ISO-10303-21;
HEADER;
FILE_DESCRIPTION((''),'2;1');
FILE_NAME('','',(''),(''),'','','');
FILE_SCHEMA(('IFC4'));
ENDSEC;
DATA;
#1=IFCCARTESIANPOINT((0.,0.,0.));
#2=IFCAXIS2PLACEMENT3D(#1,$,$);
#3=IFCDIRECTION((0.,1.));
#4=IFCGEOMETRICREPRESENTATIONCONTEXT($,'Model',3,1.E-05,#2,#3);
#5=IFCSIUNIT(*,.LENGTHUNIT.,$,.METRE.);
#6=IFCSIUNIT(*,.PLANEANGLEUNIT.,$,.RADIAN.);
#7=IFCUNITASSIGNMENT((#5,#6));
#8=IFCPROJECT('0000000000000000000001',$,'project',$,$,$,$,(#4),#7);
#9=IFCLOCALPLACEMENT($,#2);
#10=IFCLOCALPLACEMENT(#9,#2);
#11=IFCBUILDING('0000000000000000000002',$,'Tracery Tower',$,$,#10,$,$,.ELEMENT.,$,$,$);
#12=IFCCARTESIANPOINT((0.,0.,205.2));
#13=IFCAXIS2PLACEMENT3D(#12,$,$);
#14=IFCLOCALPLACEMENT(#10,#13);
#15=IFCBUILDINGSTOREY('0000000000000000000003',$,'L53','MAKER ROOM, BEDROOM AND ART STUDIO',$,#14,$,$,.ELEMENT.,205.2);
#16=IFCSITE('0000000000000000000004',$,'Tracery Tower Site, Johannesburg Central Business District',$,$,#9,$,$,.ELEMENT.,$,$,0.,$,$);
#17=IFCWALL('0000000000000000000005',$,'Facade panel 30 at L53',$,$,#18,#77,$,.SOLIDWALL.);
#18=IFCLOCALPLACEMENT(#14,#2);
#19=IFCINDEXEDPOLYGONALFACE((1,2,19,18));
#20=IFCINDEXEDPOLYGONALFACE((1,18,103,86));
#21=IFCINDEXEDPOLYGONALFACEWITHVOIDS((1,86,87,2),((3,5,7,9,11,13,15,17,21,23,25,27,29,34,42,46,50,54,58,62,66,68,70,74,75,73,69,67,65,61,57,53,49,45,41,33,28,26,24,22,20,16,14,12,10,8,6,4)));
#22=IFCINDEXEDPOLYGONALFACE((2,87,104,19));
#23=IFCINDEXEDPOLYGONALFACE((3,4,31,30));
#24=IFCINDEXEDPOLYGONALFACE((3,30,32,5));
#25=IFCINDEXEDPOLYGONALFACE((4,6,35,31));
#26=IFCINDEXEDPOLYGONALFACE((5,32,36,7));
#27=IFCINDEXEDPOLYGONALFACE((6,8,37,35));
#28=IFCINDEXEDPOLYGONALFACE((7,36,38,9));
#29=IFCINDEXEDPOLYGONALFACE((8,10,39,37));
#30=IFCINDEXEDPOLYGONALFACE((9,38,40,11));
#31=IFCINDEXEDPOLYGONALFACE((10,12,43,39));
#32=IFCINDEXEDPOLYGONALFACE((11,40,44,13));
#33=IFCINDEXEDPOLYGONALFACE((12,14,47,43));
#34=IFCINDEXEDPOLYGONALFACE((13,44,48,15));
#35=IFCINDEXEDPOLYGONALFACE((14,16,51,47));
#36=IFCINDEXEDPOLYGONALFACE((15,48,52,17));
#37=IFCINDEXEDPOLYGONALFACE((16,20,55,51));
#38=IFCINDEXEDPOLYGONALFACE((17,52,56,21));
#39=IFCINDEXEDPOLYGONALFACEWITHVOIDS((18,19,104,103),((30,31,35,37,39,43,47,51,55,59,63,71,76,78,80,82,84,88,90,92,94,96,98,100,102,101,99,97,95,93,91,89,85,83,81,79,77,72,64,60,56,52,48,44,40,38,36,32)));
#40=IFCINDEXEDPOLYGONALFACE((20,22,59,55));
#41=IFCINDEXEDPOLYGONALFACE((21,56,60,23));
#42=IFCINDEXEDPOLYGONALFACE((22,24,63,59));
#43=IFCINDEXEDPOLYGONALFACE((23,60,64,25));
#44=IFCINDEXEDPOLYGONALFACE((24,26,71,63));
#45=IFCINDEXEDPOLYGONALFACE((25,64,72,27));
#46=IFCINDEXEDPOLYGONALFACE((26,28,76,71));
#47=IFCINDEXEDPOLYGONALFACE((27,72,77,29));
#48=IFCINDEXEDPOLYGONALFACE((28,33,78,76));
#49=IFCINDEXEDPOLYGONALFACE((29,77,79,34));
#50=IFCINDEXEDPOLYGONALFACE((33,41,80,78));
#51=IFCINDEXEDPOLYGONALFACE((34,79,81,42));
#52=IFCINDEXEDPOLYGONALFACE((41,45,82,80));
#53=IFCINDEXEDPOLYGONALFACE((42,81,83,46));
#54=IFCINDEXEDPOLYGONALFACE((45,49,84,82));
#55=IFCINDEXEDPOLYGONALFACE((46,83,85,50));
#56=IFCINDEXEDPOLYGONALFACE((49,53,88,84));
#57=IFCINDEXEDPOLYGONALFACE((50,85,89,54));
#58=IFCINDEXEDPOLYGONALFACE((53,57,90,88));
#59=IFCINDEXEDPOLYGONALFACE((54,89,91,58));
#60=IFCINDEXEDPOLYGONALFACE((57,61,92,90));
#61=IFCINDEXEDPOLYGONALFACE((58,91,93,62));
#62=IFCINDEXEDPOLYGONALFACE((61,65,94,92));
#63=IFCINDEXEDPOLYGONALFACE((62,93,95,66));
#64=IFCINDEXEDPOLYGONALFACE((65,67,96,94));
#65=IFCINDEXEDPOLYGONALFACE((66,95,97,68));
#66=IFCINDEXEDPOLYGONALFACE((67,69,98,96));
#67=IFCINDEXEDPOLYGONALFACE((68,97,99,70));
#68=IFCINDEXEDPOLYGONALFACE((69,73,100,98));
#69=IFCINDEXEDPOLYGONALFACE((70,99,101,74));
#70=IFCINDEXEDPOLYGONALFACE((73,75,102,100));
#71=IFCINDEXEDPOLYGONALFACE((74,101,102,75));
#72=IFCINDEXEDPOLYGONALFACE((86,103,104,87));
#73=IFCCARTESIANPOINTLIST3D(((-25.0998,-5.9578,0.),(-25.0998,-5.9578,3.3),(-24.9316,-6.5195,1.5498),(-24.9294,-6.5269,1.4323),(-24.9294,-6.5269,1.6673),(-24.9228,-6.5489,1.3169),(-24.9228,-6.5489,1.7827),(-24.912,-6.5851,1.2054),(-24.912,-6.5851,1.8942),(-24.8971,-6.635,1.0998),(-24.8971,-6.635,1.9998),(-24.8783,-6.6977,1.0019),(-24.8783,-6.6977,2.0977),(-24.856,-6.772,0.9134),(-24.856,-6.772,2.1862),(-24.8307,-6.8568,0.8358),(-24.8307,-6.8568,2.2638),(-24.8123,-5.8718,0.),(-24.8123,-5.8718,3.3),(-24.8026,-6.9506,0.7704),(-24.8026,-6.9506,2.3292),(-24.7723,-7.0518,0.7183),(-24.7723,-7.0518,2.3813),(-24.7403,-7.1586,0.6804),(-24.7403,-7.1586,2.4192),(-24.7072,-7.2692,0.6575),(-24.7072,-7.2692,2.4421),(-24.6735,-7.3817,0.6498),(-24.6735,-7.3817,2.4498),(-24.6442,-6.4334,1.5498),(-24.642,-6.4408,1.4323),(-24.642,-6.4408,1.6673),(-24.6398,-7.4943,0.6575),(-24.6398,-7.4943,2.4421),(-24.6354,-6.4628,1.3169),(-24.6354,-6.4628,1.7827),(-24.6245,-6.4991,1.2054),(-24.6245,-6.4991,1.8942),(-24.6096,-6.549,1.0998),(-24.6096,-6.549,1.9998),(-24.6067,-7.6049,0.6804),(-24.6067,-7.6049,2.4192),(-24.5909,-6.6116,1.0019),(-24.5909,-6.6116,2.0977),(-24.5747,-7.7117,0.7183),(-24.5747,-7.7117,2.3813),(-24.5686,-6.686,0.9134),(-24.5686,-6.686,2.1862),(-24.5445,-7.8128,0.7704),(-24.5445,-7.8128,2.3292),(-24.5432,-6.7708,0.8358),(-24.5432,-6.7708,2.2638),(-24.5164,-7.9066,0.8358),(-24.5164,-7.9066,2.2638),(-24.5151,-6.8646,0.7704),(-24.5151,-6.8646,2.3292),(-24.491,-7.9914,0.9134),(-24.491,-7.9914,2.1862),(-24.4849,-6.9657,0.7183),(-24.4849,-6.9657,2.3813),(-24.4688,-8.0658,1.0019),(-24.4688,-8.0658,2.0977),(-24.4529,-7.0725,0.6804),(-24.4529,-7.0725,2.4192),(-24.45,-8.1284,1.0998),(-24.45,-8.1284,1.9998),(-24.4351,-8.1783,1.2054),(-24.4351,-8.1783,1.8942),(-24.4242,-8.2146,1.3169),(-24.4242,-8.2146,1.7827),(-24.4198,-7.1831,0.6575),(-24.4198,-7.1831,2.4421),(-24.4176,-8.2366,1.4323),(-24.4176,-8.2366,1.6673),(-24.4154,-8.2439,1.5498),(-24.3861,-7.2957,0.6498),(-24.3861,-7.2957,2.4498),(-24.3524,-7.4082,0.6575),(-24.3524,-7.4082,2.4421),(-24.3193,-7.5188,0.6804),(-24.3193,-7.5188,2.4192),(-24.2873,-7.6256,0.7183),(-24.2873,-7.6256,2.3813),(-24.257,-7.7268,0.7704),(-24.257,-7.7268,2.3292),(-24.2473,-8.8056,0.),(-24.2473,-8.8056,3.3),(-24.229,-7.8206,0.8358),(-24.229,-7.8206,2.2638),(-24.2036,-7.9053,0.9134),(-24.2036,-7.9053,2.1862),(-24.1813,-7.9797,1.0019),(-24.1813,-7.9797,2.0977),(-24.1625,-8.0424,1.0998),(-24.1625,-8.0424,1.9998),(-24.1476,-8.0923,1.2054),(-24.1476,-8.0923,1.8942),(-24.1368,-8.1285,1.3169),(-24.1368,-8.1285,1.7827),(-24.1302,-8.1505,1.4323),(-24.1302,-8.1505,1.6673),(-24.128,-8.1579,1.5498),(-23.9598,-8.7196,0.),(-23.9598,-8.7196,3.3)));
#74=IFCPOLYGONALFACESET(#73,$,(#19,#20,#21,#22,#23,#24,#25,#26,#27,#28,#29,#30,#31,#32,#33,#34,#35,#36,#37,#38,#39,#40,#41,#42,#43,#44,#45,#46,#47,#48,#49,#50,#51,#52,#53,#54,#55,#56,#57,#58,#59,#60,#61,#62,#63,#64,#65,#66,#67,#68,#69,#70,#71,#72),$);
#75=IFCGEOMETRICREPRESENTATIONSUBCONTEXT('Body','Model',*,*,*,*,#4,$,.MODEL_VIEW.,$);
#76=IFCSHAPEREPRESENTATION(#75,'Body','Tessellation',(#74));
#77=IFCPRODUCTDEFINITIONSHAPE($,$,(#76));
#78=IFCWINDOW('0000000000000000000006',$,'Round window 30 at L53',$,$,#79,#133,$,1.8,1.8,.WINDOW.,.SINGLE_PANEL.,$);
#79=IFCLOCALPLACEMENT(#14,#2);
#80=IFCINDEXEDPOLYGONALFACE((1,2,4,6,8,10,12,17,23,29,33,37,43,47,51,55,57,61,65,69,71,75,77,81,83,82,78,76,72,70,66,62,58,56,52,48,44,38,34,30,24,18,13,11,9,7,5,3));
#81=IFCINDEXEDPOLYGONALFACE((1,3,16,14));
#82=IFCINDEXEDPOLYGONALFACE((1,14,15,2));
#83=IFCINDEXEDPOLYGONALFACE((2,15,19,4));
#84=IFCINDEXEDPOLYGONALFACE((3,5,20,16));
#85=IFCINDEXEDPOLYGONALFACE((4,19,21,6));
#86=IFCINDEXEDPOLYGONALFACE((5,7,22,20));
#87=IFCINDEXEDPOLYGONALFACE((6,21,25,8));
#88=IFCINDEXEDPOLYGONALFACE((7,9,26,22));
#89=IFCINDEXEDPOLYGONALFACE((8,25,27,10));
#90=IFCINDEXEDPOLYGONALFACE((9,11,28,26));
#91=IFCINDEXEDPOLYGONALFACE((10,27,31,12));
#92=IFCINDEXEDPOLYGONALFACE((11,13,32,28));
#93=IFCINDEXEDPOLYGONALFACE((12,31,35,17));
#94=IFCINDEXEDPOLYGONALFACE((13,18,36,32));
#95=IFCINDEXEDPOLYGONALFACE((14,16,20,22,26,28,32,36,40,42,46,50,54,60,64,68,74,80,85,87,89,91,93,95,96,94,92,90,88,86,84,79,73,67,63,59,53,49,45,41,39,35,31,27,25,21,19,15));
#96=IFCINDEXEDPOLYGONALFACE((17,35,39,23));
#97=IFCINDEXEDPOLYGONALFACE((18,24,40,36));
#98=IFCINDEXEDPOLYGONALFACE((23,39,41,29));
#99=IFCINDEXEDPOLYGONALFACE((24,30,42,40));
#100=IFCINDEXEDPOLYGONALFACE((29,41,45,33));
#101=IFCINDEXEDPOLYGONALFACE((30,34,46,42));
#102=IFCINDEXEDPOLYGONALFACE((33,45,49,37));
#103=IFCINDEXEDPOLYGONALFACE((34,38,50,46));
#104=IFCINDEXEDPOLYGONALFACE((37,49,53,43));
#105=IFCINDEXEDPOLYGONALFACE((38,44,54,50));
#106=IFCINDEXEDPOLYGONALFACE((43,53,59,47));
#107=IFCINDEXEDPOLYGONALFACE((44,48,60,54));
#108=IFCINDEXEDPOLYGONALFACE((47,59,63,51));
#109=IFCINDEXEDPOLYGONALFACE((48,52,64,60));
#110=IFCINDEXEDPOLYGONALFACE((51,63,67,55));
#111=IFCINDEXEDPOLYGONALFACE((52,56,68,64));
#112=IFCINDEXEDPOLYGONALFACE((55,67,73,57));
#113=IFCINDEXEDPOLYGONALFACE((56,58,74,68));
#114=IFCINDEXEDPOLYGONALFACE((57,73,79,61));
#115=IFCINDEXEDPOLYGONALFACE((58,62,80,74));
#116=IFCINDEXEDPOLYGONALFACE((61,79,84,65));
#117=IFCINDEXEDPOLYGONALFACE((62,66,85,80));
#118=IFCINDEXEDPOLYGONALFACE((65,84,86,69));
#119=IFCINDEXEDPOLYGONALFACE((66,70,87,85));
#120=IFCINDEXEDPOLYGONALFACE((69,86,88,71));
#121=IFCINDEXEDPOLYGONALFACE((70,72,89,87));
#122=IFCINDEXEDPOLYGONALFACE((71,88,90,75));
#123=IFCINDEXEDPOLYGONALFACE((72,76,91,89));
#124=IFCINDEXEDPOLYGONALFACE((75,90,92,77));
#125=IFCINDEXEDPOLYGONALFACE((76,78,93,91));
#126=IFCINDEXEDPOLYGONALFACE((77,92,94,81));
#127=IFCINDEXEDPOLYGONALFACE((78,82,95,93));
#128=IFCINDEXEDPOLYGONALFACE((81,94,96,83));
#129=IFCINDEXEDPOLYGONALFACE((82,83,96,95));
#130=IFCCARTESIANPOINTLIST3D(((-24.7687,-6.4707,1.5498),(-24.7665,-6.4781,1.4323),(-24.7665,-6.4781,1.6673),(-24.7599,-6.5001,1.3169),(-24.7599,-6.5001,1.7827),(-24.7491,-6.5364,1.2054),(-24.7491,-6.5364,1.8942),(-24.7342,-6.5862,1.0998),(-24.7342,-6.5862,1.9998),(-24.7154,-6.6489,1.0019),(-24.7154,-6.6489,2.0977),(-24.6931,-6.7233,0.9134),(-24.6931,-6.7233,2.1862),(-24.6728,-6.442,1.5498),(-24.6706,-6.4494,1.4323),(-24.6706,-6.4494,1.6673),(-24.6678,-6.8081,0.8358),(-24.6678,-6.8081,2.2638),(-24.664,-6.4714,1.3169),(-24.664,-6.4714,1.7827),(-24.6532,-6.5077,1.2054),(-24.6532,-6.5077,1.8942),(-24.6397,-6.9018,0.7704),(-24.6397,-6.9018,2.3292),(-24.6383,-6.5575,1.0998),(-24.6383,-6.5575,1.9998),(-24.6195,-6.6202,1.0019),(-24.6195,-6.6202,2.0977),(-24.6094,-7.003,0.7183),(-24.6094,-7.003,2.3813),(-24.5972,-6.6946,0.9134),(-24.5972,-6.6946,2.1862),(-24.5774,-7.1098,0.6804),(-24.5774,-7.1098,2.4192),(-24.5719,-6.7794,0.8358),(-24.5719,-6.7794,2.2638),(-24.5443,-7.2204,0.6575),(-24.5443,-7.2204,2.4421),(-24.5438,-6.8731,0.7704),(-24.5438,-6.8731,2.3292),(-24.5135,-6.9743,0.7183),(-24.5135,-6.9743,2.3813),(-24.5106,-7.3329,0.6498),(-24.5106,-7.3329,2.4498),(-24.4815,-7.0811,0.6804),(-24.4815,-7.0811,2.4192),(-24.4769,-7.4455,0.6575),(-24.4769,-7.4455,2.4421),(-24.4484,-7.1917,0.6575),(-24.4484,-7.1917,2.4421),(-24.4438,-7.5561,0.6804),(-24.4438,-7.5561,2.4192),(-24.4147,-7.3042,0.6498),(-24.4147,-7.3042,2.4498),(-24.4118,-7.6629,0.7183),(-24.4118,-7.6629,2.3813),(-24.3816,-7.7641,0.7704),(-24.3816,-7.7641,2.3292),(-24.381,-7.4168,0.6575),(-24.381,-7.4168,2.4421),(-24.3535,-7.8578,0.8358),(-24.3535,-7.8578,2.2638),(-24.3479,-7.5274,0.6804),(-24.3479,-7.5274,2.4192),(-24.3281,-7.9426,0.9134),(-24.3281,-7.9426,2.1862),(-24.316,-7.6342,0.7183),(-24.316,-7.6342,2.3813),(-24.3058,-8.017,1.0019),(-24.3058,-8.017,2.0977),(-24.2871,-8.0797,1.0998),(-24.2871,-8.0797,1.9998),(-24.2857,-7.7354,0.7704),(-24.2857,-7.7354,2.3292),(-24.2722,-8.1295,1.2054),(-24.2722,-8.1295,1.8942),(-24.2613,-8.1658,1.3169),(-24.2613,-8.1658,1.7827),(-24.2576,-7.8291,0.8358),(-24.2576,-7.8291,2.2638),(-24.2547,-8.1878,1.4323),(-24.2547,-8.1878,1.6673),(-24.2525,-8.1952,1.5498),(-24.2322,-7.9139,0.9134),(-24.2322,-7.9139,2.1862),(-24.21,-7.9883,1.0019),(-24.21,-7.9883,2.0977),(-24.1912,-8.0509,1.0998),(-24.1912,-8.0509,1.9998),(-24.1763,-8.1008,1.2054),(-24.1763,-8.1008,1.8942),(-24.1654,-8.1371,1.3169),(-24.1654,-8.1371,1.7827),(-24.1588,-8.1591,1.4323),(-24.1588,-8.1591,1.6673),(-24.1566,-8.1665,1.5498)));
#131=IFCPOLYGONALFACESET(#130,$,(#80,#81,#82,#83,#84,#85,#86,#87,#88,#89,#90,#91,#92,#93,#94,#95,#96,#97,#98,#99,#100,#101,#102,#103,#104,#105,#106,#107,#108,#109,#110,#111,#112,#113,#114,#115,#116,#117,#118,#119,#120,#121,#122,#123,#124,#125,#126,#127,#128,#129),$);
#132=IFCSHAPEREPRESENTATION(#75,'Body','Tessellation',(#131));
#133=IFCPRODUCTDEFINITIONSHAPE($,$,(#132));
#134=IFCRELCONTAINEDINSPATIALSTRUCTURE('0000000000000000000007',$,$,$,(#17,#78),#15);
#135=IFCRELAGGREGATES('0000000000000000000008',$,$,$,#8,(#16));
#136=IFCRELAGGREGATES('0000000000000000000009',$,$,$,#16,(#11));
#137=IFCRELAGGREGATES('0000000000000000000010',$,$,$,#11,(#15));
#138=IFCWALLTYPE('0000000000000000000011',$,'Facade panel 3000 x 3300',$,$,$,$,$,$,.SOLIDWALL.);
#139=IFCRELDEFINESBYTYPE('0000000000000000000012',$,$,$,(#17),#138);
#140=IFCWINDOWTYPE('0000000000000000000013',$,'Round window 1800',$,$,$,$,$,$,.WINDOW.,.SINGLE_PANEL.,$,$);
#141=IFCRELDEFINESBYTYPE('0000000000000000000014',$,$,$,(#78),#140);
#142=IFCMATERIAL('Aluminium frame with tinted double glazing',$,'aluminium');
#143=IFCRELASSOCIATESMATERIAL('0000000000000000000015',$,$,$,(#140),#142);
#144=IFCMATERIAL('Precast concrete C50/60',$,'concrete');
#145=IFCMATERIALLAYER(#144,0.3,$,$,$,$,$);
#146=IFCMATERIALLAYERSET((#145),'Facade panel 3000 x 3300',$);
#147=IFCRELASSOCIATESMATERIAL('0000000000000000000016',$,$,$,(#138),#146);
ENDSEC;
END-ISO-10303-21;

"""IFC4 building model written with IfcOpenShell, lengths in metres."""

from ifc_helpers import new_model, si_unit, direction, frame, frame_2d, origin, origin_2d, place, context, subcontext, project, spatial, rectangle, circle, extrude, material, layer, layer_set, type_object, element, fill, save


model = new_model("IFC4")

# Units and contexts
model_context = context("Model", 3, precision=1e-05, world=origin(), true_north=direction((0.0, 1.0)))
body_context = subcontext(model_context, "Body", "Model", "MODEL_VIEW")
ifc_project = project(units=[si_unit("LENGTHUNIT", "METRE"), si_unit("PLANEANGLEUNIT", "RADIAN")], contexts=[model_context])

# Site, building, storey
site_placement = place(None, origin())
site = spatial("IfcSite", under=ifc_project, at=site_placement, Name="Tracery Tower Site, Johannesburg Central Business District", CompositionType="ELEMENT", RefElevation=0.0)
building_placement = place(site_placement, origin())
building = spatial("IfcBuilding", under=site, at=building_placement, Name="Tracery Tower", CompositionType="ELEMENT")
storey_placement = place(building_placement, frame((0.0, 0.0, 205.2)))
storey = spatial("IfcBuildingStorey", under=building, at=storey_placement, Name="L53", Description="MAKER ROOM, BEDROOM AND ART STUDIO", CompositionType="ELEMENT", Elevation=205.2)

# Wall, opening, window
ifc_material_1 = material(Name="Aluminium frame with tinted double glazing", Category="aluminium")
window_type = type_object("IfcWindowType", Name="Round window 1800", PartitioningType="SINGLE_PANEL", PredefinedType="WINDOW", material=ifc_material_1)
ifc_material_2 = material(Name="Precast concrete C50/60", Category="concrete")
ifc_layer_1 = layer(ifc_material_2, 0.3)
ifc_layer_set_1 = layer_set([ifc_layer_1], Name="Facade panel 3000 x 3300")
wall_type_1 = type_object("IfcWallType", Name="Facade panel 3000 x 3300", PredefinedType="SOLIDWALL", material=ifc_layer_set_1)
wall_1_placement = place(storey_placement, frame((-24.9561, -5.9148, 0.0), z_axis=(0.0, 0.0, 1.0), x_axis=(0.286783, -0.957996, 0.0)))
wall_1 = element("IfcWall", 1, at=wall_1_placement, inside=storey, type_object=wall_type_1, Name="Facade panel 30 at L53", PredefinedType="SOLIDWALL", context=body_context, shape_type="SweptSolid", body=[
    extrude(rectangle(XDim=2.9727, YDim=0.3, at=frame_2d((1.4863, 0.0))), origin(), (0.0, 0.0, 1.0), 3.3),
])
opening_1_placement = place(wall_1_placement, frame((1.4863, 0.0, 1.5498)))
opening_1 = element("IfcOpeningElement", 2, at=opening_1_placement, cuts=wall_1, PredefinedType="OPENING", context=body_context, shape_type="SweptSolid", body=[
    extrude(circle(Radius=0.9, at=origin_2d()), frame((0.0, 0.1599, 0.0), z_axis=(0.0, -1.0, 0.0), x_axis=(1.0, 0.0, 0.0)), (0.0, 0.0, 1.0), 0.3201),
])
window_1_placement = place(opening_1_placement, origin())
window_1 = element("IfcWindow", 3, at=window_1_placement, inside=storey, type_object=window_type, Name="Round window 30 at L53", OverallHeight=1.8, OverallWidth=1.8, PartitioningType="SINGLE_PANEL", PredefinedType="WINDOW", context=body_context, shape_type="SweptSolid", body=[
    extrude(circle(Radius=0.9, at=origin_2d()), frame((0.0, 0.1201, 0.0), z_axis=(0.0, -1.0, 0.0), x_axis=(1.0, 0.0, 0.0)), (0.0, 0.0, 1.0), 0.1001),
])
fill(opening_1, window_1)

save(model, "model.ifc")
